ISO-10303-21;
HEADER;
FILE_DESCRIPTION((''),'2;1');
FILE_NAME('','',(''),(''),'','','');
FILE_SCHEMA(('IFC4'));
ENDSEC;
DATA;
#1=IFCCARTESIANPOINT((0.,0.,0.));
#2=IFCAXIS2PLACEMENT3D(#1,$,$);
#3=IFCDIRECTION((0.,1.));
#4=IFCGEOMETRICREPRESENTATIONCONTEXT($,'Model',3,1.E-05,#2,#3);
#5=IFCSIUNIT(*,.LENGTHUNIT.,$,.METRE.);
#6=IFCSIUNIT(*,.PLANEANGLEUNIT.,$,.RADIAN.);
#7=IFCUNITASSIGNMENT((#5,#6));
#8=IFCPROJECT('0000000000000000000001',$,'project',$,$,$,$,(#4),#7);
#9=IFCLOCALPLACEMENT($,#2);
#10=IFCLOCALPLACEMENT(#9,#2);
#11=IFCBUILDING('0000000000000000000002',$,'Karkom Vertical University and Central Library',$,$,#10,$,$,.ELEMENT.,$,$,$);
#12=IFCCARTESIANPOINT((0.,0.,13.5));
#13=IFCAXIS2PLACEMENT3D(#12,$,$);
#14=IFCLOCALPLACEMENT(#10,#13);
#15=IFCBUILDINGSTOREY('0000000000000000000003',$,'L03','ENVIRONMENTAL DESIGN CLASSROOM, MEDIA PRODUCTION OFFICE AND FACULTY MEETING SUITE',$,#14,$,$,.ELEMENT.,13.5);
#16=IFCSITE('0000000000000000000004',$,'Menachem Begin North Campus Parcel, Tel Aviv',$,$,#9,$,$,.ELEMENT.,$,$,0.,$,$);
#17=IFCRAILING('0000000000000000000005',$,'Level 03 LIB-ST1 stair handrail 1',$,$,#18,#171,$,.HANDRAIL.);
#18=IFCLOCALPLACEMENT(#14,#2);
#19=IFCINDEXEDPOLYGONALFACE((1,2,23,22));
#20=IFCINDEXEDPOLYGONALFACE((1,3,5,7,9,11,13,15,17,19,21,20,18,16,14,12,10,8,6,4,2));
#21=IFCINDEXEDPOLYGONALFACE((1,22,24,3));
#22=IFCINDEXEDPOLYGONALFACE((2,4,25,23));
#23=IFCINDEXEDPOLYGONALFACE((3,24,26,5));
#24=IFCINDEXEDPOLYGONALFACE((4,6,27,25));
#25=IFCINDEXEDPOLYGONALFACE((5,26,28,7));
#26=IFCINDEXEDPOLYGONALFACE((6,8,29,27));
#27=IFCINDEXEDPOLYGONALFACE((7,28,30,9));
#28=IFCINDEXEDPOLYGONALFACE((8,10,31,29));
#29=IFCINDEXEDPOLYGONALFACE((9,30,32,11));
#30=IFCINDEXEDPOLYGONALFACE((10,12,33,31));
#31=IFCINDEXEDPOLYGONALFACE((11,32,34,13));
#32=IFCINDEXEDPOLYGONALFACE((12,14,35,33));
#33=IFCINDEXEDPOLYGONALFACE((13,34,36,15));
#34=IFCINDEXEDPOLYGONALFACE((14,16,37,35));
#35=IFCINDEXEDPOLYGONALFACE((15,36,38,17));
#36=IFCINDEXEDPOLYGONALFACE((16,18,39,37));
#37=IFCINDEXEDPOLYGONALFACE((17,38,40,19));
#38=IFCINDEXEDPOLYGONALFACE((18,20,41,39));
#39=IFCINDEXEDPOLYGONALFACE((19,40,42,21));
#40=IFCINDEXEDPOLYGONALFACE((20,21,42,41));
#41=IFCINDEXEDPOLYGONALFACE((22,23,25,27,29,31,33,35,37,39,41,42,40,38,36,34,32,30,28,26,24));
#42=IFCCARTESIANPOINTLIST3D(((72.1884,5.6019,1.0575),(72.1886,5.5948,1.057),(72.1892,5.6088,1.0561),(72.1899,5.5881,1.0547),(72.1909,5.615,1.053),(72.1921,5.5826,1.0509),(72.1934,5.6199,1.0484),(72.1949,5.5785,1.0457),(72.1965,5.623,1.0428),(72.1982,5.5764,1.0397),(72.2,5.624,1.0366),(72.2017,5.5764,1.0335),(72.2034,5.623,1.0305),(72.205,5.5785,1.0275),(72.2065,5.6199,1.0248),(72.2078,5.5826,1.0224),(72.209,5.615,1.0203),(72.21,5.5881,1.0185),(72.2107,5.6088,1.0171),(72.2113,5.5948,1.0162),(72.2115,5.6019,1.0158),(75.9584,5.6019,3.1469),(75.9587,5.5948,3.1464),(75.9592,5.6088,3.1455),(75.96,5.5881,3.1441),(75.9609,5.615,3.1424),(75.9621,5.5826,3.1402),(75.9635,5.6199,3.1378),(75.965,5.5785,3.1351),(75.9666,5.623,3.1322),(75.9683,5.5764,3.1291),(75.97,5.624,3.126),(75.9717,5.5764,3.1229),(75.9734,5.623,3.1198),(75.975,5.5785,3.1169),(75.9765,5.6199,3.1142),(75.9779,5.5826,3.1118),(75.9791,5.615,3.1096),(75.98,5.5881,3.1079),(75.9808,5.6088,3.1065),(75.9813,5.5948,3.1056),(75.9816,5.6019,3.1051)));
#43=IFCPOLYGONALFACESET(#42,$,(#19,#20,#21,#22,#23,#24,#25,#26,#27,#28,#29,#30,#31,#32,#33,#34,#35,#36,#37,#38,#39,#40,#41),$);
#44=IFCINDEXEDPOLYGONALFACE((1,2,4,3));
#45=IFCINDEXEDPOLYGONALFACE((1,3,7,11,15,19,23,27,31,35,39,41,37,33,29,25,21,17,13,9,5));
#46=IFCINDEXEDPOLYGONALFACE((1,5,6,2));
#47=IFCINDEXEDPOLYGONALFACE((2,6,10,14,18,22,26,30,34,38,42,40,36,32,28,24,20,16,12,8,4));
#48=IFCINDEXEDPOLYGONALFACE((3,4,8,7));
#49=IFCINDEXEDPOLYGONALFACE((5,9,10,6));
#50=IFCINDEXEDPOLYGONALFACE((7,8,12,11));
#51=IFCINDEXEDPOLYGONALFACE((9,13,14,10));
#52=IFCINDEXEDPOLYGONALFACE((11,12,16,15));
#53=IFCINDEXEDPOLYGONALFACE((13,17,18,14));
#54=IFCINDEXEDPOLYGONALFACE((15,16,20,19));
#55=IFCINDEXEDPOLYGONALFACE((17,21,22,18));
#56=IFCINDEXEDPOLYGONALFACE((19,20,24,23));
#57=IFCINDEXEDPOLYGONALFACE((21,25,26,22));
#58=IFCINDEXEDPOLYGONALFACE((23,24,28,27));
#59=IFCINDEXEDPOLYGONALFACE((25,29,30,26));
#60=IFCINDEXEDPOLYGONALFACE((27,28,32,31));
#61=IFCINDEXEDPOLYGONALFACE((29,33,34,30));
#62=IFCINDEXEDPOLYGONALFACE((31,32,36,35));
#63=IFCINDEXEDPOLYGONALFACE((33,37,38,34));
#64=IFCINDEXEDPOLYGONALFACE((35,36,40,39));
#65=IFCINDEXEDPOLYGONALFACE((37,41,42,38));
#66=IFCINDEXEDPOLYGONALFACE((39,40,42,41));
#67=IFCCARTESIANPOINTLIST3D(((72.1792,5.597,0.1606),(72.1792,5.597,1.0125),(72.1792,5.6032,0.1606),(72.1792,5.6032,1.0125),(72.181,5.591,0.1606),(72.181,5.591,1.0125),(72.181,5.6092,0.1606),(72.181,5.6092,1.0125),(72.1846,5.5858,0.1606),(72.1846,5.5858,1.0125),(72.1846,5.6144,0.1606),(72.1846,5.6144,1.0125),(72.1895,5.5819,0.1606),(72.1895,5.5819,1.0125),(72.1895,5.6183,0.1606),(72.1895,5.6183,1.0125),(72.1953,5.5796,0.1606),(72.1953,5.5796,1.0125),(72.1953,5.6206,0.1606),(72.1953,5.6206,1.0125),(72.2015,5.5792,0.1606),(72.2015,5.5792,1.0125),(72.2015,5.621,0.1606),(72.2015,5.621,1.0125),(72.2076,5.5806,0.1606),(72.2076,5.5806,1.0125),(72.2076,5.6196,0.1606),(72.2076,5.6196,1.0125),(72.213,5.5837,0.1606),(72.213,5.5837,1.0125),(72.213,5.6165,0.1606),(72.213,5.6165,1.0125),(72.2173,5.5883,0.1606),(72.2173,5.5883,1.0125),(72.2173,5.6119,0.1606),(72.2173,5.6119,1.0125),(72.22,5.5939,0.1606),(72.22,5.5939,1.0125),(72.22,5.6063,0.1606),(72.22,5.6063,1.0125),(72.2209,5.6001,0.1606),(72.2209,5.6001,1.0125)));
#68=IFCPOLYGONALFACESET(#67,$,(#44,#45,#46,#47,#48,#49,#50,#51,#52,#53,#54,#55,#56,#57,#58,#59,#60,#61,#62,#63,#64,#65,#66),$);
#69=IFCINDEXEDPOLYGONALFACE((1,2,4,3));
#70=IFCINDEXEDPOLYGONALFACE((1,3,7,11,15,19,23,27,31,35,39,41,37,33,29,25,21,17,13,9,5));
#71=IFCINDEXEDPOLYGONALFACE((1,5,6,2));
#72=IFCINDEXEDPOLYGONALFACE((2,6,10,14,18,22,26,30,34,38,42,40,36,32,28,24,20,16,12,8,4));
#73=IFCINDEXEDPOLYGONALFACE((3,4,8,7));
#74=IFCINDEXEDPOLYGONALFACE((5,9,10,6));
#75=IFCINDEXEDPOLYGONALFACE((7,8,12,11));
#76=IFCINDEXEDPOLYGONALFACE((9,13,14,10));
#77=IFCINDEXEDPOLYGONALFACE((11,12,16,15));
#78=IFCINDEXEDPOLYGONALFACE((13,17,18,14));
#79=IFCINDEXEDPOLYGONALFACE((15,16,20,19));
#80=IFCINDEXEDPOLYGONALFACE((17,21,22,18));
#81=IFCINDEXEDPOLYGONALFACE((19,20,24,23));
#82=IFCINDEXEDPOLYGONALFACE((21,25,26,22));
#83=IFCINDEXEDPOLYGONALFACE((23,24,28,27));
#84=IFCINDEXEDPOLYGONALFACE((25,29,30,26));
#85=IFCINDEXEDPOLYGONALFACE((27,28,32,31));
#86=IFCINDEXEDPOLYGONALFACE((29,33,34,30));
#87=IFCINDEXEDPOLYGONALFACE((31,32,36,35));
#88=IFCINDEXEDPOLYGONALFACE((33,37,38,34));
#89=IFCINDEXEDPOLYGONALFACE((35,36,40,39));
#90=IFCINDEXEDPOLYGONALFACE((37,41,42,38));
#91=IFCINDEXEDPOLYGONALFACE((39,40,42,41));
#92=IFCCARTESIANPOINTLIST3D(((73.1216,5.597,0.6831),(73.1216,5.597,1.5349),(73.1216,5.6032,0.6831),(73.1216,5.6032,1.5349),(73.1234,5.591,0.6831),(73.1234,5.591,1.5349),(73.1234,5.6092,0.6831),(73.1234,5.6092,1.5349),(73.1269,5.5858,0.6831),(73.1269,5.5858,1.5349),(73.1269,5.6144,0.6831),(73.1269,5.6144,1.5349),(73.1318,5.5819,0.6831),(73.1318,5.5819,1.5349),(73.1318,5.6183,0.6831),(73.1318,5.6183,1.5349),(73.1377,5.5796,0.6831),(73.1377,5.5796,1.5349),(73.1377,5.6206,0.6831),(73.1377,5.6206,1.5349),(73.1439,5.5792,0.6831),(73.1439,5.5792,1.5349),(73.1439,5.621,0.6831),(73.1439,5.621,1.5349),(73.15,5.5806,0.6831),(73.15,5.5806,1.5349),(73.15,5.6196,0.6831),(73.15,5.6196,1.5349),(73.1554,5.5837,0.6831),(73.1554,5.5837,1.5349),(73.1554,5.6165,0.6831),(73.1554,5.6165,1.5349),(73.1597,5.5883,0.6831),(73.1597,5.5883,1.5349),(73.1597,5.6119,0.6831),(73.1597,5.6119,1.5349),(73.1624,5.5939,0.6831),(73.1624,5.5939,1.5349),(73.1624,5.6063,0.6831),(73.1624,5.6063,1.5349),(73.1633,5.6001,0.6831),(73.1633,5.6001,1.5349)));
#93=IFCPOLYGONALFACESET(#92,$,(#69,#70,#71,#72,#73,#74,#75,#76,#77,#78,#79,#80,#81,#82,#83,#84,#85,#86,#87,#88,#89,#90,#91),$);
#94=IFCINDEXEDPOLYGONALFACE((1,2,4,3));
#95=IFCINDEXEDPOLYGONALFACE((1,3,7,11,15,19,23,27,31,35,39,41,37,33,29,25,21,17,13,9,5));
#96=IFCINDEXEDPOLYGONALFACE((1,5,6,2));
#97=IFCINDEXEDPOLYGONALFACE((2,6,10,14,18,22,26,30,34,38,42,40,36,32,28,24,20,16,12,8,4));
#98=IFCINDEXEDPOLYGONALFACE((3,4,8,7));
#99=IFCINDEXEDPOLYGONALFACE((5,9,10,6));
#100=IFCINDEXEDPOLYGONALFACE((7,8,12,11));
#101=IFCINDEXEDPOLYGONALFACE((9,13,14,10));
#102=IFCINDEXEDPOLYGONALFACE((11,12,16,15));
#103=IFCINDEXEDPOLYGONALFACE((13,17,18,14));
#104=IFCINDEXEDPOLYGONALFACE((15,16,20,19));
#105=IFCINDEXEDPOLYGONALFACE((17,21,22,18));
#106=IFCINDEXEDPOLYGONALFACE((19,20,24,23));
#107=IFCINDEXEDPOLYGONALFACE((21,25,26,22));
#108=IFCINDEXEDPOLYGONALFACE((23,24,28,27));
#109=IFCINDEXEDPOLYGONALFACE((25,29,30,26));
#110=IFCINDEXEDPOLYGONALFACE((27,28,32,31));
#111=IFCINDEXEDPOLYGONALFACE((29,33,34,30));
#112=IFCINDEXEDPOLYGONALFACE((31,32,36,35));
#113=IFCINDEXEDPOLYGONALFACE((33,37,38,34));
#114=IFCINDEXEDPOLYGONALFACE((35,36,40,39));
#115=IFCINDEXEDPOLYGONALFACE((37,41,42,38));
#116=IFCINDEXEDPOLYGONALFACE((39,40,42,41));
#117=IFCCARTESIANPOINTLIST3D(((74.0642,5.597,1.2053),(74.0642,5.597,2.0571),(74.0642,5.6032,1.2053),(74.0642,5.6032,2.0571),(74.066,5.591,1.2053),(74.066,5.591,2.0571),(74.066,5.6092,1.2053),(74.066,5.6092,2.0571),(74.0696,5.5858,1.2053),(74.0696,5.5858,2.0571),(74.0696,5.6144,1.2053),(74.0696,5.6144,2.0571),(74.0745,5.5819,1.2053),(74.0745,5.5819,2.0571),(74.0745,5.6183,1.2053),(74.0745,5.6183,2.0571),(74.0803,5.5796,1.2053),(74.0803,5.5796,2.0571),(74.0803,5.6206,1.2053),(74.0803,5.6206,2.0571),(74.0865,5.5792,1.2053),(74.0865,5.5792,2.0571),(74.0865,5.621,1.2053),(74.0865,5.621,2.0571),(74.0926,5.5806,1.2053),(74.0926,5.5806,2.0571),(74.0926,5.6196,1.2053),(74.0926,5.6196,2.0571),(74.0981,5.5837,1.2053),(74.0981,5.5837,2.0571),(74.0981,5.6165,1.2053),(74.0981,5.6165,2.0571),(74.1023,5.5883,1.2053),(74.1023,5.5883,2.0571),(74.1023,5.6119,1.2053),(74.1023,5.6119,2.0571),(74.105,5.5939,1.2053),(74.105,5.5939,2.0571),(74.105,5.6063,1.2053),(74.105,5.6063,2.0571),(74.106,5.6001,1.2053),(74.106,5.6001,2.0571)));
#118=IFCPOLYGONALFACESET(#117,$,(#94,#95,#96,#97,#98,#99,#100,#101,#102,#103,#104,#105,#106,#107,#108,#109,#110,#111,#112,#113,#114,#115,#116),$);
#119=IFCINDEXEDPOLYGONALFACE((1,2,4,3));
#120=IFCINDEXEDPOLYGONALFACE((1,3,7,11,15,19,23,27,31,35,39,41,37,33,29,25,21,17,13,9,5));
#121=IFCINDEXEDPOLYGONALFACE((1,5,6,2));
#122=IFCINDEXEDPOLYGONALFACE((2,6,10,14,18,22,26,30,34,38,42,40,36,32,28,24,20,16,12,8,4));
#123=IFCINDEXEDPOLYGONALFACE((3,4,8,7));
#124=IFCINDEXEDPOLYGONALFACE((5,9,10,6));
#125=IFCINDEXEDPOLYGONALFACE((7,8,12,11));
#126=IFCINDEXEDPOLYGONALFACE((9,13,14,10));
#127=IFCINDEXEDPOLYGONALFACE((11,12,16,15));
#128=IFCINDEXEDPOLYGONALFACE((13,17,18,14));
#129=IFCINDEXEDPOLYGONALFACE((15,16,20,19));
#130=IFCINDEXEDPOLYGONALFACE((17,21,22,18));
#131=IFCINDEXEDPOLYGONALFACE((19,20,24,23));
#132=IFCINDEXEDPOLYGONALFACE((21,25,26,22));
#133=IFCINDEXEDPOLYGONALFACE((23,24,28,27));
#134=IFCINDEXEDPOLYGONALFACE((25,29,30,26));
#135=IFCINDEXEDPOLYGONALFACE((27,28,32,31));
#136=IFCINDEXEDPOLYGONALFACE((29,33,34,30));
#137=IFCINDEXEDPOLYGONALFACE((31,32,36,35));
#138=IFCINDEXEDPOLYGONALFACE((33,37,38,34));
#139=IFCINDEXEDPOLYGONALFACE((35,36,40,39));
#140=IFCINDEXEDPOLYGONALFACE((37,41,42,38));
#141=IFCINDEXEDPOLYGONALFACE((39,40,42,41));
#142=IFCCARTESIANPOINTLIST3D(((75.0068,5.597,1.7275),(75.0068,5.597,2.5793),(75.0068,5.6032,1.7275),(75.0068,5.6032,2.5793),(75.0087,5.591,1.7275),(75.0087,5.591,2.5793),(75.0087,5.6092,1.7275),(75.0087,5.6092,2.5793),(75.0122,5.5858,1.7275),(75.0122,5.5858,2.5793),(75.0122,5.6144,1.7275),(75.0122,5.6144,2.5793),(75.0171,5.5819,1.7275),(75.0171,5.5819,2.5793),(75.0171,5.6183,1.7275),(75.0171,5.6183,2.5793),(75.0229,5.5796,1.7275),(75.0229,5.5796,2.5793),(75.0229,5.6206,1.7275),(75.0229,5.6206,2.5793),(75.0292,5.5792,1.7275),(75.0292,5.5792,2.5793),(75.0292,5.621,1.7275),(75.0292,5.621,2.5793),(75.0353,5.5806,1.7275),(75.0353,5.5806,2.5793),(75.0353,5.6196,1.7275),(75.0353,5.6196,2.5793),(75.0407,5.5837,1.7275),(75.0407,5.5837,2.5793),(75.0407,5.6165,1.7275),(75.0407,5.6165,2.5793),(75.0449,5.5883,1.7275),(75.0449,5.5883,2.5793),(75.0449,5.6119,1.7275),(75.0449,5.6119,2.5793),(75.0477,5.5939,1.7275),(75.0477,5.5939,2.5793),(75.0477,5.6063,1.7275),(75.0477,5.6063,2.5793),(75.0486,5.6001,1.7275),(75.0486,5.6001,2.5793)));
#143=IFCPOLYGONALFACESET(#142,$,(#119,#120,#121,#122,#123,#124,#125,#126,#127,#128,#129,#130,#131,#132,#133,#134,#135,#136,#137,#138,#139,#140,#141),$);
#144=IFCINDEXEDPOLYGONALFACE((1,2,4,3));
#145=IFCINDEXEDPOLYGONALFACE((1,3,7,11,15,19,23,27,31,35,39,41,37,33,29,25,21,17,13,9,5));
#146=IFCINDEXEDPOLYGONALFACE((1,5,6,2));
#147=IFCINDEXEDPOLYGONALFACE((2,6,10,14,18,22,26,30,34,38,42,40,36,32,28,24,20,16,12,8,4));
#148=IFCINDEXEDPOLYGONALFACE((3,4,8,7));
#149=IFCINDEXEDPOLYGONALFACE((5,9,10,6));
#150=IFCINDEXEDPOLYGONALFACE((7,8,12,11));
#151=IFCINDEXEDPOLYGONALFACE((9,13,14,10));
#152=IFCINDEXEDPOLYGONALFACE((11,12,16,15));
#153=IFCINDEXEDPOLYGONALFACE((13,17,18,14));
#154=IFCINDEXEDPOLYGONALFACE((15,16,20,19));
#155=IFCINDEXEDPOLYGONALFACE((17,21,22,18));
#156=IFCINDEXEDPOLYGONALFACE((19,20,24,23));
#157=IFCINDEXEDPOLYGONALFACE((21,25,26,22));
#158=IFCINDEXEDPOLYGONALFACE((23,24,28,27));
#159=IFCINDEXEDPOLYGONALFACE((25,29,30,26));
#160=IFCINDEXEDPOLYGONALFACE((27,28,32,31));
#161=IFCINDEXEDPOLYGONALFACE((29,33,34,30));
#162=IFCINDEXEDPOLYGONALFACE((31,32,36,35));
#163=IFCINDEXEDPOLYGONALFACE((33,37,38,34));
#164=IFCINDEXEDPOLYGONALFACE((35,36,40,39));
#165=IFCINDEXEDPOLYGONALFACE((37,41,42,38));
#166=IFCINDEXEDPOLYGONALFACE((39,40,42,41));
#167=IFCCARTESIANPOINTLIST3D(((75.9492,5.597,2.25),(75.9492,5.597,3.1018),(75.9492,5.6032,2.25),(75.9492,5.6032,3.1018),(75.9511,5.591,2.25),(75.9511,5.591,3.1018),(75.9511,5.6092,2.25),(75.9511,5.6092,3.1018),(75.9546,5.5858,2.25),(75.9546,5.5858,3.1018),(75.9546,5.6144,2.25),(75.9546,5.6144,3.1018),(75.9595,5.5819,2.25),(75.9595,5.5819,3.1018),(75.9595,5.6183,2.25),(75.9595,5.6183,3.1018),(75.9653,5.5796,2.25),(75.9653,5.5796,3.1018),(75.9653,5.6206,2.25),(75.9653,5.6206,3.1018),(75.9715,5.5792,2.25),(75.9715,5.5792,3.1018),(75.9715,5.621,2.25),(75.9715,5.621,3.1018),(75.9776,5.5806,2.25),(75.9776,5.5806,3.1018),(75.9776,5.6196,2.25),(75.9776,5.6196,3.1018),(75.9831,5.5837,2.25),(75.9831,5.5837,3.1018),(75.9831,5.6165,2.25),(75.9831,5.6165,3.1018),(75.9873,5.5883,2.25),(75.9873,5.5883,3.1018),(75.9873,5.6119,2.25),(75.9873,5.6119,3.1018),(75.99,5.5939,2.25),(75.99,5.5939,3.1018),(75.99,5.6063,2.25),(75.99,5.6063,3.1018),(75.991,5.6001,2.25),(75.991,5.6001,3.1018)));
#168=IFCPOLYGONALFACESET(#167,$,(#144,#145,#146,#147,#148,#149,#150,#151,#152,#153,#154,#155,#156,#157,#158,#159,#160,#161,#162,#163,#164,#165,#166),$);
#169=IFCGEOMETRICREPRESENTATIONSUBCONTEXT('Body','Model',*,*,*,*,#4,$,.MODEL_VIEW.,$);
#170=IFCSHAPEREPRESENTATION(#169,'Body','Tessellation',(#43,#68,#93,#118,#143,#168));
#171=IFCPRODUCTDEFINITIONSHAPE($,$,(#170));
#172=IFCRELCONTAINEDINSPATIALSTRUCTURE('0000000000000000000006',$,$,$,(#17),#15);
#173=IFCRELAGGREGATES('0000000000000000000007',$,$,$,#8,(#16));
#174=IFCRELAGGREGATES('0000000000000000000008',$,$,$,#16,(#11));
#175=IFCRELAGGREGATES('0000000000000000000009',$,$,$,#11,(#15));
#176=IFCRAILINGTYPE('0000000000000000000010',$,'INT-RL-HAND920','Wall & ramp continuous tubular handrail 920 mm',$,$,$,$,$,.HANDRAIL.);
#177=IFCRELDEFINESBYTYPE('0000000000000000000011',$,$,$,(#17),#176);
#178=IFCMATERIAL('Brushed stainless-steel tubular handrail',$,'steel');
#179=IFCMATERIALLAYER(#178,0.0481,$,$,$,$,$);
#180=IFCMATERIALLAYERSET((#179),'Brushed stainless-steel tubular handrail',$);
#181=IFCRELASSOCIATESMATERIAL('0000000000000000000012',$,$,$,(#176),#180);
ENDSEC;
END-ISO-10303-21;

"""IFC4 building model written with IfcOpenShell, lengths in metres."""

from ifc_helpers import new_model, si_unit, direction, frame, origin, origin_2d, place, context, subcontext, project, spatial, circle, extrude, material, layer, layer_set, type_object, element, save


model = new_model("IFC4")

# Units and contexts
model_context = context("Model", 3, precision=1e-05, world=origin(), true_north=direction((0.0, 1.0)))
body_context = subcontext(model_context, "Body", "Model", "MODEL_VIEW")
ifc_project = project(units=[si_unit("LENGTHUNIT", "METRE"), si_unit("PLANEANGLEUNIT", "RADIAN")], contexts=[model_context])

# Site, building, storey
site_placement = place(None, origin())
site = spatial("IfcSite", under=ifc_project, at=site_placement, Name="Menachem Begin North Campus Parcel, Tel Aviv", CompositionType="ELEMENT", RefElevation=0.0)
building_placement = place(site_placement, origin())
building = spatial("IfcBuilding", under=site, at=building_placement, Name="Karkom Vertical University and Central Library", CompositionType="ELEMENT")
storey_placement = place(building_placement, frame((0.0, 0.0, 13.5)))
storey = spatial("IfcBuildingStorey", under=building, at=storey_placement, Name="L03", Description="ENVIRONMENTAL DESIGN CLASSROOM, MEDIA PRODUCTION OFFICE AND FACULTY MEETING SUITE", CompositionType="ELEMENT", Elevation=13.5)

# Railing
ifc_material_1 = material(Name="Brushed stainless-steel tubular handrail", Category="steel")
ifc_layer_1 = layer(ifc_material_1, 0.0481)
ifc_layer_set_1 = layer_set([ifc_layer_1], Name="Brushed stainless-steel tubular handrail")
railing_type_1 = type_object("IfcRailingType", Name="INT-RL-HAND920", Description="Wall & ramp continuous tubular handrail 920 mm", PredefinedType="HANDRAIL", material=ifc_layer_set_1)
railing_1_placement = place(storey_placement, frame((72.2, 5.6001, 0.1606)))
element("IfcRailing", 1, at=railing_1_placement, inside=storey, type_object=railing_type_1, Name="Level 03 LIB-ST1 stair handrail 1", PredefinedType="HANDRAIL", context=body_context, shape_type="SweptSolid", body=[
    extrude(circle(Radius=0.0239, at=origin_2d()), frame((0.0, 0.0, 0.876), z_axis=(0.874659, 0.0, 0.484739), x_axis=(0.0, 1.0, 0.0)), (0.0, 0.0, 1.0), 4.3103),
    extrude(circle(Radius=0.021, at=origin_2d()), origin(), (0.0, 0.0, 1.0), 0.8518),
    extrude(circle(Radius=0.021, at=origin_2d()), frame((0.9424, 0.0, 0.5225)), (0.0, 0.0, 1.0), 0.8518),
    extrude(circle(Radius=0.021, at=origin_2d()), frame((1.885, 0.0, 1.0447)), (0.0, 0.0, 1.0), 0.8518),
    extrude(circle(Radius=0.021, at=origin_2d()), frame((2.8276, 0.0, 1.5669)), (0.0, 0.0, 1.0), 0.8518),
    extrude(circle(Radius=0.021, at=origin_2d()), frame((3.77, 0.0, 2.0894)), (0.0, 0.0, 1.0), 0.8518),
])

save(model, "model.ifc")
